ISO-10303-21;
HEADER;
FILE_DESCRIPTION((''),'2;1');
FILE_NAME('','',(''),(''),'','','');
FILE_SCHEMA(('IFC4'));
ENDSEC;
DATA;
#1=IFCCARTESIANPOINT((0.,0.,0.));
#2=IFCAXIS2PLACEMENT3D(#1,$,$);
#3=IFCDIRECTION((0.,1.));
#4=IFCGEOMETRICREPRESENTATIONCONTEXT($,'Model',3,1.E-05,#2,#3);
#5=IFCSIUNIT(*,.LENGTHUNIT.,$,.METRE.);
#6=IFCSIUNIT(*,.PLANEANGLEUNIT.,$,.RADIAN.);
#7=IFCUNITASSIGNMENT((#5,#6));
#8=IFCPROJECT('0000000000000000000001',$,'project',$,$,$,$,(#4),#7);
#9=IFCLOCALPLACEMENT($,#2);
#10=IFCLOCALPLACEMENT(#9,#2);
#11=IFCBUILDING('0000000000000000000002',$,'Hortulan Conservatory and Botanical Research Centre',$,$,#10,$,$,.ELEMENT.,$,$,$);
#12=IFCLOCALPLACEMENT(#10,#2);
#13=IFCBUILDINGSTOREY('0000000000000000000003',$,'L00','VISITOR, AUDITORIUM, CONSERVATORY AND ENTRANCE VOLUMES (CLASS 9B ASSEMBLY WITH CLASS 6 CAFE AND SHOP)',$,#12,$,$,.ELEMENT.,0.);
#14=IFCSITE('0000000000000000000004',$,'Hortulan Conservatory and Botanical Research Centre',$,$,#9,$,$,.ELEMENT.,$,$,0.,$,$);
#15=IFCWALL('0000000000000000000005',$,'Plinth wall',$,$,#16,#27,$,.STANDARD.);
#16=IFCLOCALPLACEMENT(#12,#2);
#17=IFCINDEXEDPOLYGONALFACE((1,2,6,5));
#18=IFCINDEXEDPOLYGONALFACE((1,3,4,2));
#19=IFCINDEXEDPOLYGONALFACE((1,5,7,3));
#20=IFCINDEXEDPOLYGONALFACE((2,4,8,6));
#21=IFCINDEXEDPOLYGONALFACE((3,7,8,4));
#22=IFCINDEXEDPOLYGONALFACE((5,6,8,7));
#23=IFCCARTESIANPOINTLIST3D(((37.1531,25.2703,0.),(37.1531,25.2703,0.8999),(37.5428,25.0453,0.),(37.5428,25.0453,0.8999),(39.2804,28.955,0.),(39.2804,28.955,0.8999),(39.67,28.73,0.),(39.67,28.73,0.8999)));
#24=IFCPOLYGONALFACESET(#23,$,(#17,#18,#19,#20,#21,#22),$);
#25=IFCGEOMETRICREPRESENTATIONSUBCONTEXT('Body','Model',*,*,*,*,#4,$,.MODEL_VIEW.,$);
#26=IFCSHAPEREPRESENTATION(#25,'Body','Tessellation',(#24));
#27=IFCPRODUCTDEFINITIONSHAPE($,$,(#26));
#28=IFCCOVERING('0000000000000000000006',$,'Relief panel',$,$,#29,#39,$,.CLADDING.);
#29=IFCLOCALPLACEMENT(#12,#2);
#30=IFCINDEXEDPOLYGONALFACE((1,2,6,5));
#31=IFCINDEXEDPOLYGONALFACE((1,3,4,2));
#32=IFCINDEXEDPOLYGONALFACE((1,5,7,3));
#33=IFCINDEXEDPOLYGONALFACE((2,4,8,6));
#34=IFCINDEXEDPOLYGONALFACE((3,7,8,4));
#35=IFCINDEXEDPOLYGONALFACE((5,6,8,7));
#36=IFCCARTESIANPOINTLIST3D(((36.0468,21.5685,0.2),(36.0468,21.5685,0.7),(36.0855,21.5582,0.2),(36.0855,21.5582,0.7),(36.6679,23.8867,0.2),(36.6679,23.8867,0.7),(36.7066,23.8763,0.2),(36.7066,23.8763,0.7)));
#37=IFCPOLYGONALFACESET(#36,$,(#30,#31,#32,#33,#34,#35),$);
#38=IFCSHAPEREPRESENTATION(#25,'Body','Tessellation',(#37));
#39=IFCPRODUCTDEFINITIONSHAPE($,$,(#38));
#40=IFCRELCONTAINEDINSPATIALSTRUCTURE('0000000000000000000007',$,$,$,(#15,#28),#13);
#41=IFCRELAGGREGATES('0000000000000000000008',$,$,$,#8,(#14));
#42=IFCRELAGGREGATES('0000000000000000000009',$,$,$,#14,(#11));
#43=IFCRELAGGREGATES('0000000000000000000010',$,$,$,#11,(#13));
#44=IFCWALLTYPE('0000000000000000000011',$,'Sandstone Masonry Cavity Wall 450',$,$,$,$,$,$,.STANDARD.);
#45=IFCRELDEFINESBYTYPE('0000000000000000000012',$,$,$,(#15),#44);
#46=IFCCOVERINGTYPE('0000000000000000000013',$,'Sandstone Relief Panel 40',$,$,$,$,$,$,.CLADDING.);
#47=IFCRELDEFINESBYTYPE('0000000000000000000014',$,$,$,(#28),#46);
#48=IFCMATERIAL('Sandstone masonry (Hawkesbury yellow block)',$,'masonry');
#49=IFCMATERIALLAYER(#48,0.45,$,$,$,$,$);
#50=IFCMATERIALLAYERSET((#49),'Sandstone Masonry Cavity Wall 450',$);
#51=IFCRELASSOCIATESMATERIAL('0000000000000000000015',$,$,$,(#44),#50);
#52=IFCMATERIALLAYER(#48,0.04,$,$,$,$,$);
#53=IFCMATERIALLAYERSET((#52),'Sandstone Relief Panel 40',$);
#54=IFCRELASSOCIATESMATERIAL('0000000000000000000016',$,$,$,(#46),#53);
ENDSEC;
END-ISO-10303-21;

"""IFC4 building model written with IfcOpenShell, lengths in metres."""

from ifc_helpers import new_model, si_unit, direction, frame, frame_2d, origin, origin_2d, place, context, subcontext, project, spatial, rectangle, extrude, material, layer, layer_set, type_object, element, save


model = new_model("IFC4")

# Units and contexts
model_context = context("Model", 3, precision=1e-05, world=origin(), true_north=direction((0.0, 1.0)))
body_context = subcontext(model_context, "Body", "Model", "MODEL_VIEW")
ifc_project = project(units=[si_unit("LENGTHUNIT", "METRE"), si_unit("PLANEANGLEUNIT", "RADIAN")], contexts=[model_context])

# Site, building, storey
site_placement = place(None, origin())
site = spatial("IfcSite", under=ifc_project, at=site_placement, Name="Hortulan Conservatory and Botanical Research Centre", CompositionType="ELEMENT", RefElevation=0.0)
building_placement = place(site_placement, origin())
building = spatial("IfcBuilding", under=site, at=building_placement, Name="Hortulan Conservatory and Botanical Research Centre", CompositionType="ELEMENT")
storey_placement = place(building_placement, origin())
storey = spatial("IfcBuildingStorey", under=building, at=storey_placement, Name="L00", Description="VISITOR, AUDITORIUM, CONSERVATORY AND ENTRANCE VOLUMES (CLASS 9B ASSEMBLY WITH CLASS 6 CAFE AND SHOP)", CompositionType="ELEMENT", Elevation=0.0)

# Wall
ifc_material_1 = material(Name="Sandstone masonry (Hawkesbury yellow block)", Category="masonry")
ifc_layer_1 = layer(ifc_material_1, 0.45)
ifc_layer_set_1 = layer_set([ifc_layer_1], Name="Sandstone Masonry Cavity Wall 450")
wall_type = type_object("IfcWallType", Name="Sandstone Masonry Cavity Wall 450", PredefinedType="STANDARD", material=ifc_layer_set_1)
wall_placement = place(storey_placement, frame((37.3479, 25.1577, 0.0), z_axis=(0.0, 0.0, 1.0), x_axis=(0.499984, 0.866035, 0.0)))
element("IfcWall", 1, at=wall_placement, inside=storey, type_object=wall_type, Name="Plinth wall", PredefinedType="STANDARD", context=body_context, shape_type="SweptSolid", body=[
    extrude(rectangle(XDim=4.2546, YDim=0.45, at=frame_2d((2.1274, 0.0))), origin(), (0.0, 0.0, 1.0), 0.8999),
])

# Covering
ifc_layer_2 = layer(ifc_material_1, 0.04)
ifc_layer_set_2 = layer_set([ifc_layer_2], Name="Sandstone Relief Panel 40")
covering_type = type_object("IfcCoveringType", Name="Sandstone Relief Panel 40", PredefinedType="CLADDING", material=ifc_layer_set_2)
covering_placement = place(storey_placement, frame((36.3767, 22.7224, 0.2), z_axis=(0.0, 0.0, 1.0), x_axis=(0.258822, 0.965925, 0.0)))
element("IfcCovering", 2, at=covering_placement, inside=storey, type_object=covering_type, Name="Relief panel", PredefinedType="CLADDING", context=body_context, shape_type="SweptSolid", body=[
    extrude(rectangle(XDim=2.3999, YDim=0.04, at=origin_2d()), origin(), (0.0, 0.0, 1.0), 0.5),
])

save(model, "model.ifc")
